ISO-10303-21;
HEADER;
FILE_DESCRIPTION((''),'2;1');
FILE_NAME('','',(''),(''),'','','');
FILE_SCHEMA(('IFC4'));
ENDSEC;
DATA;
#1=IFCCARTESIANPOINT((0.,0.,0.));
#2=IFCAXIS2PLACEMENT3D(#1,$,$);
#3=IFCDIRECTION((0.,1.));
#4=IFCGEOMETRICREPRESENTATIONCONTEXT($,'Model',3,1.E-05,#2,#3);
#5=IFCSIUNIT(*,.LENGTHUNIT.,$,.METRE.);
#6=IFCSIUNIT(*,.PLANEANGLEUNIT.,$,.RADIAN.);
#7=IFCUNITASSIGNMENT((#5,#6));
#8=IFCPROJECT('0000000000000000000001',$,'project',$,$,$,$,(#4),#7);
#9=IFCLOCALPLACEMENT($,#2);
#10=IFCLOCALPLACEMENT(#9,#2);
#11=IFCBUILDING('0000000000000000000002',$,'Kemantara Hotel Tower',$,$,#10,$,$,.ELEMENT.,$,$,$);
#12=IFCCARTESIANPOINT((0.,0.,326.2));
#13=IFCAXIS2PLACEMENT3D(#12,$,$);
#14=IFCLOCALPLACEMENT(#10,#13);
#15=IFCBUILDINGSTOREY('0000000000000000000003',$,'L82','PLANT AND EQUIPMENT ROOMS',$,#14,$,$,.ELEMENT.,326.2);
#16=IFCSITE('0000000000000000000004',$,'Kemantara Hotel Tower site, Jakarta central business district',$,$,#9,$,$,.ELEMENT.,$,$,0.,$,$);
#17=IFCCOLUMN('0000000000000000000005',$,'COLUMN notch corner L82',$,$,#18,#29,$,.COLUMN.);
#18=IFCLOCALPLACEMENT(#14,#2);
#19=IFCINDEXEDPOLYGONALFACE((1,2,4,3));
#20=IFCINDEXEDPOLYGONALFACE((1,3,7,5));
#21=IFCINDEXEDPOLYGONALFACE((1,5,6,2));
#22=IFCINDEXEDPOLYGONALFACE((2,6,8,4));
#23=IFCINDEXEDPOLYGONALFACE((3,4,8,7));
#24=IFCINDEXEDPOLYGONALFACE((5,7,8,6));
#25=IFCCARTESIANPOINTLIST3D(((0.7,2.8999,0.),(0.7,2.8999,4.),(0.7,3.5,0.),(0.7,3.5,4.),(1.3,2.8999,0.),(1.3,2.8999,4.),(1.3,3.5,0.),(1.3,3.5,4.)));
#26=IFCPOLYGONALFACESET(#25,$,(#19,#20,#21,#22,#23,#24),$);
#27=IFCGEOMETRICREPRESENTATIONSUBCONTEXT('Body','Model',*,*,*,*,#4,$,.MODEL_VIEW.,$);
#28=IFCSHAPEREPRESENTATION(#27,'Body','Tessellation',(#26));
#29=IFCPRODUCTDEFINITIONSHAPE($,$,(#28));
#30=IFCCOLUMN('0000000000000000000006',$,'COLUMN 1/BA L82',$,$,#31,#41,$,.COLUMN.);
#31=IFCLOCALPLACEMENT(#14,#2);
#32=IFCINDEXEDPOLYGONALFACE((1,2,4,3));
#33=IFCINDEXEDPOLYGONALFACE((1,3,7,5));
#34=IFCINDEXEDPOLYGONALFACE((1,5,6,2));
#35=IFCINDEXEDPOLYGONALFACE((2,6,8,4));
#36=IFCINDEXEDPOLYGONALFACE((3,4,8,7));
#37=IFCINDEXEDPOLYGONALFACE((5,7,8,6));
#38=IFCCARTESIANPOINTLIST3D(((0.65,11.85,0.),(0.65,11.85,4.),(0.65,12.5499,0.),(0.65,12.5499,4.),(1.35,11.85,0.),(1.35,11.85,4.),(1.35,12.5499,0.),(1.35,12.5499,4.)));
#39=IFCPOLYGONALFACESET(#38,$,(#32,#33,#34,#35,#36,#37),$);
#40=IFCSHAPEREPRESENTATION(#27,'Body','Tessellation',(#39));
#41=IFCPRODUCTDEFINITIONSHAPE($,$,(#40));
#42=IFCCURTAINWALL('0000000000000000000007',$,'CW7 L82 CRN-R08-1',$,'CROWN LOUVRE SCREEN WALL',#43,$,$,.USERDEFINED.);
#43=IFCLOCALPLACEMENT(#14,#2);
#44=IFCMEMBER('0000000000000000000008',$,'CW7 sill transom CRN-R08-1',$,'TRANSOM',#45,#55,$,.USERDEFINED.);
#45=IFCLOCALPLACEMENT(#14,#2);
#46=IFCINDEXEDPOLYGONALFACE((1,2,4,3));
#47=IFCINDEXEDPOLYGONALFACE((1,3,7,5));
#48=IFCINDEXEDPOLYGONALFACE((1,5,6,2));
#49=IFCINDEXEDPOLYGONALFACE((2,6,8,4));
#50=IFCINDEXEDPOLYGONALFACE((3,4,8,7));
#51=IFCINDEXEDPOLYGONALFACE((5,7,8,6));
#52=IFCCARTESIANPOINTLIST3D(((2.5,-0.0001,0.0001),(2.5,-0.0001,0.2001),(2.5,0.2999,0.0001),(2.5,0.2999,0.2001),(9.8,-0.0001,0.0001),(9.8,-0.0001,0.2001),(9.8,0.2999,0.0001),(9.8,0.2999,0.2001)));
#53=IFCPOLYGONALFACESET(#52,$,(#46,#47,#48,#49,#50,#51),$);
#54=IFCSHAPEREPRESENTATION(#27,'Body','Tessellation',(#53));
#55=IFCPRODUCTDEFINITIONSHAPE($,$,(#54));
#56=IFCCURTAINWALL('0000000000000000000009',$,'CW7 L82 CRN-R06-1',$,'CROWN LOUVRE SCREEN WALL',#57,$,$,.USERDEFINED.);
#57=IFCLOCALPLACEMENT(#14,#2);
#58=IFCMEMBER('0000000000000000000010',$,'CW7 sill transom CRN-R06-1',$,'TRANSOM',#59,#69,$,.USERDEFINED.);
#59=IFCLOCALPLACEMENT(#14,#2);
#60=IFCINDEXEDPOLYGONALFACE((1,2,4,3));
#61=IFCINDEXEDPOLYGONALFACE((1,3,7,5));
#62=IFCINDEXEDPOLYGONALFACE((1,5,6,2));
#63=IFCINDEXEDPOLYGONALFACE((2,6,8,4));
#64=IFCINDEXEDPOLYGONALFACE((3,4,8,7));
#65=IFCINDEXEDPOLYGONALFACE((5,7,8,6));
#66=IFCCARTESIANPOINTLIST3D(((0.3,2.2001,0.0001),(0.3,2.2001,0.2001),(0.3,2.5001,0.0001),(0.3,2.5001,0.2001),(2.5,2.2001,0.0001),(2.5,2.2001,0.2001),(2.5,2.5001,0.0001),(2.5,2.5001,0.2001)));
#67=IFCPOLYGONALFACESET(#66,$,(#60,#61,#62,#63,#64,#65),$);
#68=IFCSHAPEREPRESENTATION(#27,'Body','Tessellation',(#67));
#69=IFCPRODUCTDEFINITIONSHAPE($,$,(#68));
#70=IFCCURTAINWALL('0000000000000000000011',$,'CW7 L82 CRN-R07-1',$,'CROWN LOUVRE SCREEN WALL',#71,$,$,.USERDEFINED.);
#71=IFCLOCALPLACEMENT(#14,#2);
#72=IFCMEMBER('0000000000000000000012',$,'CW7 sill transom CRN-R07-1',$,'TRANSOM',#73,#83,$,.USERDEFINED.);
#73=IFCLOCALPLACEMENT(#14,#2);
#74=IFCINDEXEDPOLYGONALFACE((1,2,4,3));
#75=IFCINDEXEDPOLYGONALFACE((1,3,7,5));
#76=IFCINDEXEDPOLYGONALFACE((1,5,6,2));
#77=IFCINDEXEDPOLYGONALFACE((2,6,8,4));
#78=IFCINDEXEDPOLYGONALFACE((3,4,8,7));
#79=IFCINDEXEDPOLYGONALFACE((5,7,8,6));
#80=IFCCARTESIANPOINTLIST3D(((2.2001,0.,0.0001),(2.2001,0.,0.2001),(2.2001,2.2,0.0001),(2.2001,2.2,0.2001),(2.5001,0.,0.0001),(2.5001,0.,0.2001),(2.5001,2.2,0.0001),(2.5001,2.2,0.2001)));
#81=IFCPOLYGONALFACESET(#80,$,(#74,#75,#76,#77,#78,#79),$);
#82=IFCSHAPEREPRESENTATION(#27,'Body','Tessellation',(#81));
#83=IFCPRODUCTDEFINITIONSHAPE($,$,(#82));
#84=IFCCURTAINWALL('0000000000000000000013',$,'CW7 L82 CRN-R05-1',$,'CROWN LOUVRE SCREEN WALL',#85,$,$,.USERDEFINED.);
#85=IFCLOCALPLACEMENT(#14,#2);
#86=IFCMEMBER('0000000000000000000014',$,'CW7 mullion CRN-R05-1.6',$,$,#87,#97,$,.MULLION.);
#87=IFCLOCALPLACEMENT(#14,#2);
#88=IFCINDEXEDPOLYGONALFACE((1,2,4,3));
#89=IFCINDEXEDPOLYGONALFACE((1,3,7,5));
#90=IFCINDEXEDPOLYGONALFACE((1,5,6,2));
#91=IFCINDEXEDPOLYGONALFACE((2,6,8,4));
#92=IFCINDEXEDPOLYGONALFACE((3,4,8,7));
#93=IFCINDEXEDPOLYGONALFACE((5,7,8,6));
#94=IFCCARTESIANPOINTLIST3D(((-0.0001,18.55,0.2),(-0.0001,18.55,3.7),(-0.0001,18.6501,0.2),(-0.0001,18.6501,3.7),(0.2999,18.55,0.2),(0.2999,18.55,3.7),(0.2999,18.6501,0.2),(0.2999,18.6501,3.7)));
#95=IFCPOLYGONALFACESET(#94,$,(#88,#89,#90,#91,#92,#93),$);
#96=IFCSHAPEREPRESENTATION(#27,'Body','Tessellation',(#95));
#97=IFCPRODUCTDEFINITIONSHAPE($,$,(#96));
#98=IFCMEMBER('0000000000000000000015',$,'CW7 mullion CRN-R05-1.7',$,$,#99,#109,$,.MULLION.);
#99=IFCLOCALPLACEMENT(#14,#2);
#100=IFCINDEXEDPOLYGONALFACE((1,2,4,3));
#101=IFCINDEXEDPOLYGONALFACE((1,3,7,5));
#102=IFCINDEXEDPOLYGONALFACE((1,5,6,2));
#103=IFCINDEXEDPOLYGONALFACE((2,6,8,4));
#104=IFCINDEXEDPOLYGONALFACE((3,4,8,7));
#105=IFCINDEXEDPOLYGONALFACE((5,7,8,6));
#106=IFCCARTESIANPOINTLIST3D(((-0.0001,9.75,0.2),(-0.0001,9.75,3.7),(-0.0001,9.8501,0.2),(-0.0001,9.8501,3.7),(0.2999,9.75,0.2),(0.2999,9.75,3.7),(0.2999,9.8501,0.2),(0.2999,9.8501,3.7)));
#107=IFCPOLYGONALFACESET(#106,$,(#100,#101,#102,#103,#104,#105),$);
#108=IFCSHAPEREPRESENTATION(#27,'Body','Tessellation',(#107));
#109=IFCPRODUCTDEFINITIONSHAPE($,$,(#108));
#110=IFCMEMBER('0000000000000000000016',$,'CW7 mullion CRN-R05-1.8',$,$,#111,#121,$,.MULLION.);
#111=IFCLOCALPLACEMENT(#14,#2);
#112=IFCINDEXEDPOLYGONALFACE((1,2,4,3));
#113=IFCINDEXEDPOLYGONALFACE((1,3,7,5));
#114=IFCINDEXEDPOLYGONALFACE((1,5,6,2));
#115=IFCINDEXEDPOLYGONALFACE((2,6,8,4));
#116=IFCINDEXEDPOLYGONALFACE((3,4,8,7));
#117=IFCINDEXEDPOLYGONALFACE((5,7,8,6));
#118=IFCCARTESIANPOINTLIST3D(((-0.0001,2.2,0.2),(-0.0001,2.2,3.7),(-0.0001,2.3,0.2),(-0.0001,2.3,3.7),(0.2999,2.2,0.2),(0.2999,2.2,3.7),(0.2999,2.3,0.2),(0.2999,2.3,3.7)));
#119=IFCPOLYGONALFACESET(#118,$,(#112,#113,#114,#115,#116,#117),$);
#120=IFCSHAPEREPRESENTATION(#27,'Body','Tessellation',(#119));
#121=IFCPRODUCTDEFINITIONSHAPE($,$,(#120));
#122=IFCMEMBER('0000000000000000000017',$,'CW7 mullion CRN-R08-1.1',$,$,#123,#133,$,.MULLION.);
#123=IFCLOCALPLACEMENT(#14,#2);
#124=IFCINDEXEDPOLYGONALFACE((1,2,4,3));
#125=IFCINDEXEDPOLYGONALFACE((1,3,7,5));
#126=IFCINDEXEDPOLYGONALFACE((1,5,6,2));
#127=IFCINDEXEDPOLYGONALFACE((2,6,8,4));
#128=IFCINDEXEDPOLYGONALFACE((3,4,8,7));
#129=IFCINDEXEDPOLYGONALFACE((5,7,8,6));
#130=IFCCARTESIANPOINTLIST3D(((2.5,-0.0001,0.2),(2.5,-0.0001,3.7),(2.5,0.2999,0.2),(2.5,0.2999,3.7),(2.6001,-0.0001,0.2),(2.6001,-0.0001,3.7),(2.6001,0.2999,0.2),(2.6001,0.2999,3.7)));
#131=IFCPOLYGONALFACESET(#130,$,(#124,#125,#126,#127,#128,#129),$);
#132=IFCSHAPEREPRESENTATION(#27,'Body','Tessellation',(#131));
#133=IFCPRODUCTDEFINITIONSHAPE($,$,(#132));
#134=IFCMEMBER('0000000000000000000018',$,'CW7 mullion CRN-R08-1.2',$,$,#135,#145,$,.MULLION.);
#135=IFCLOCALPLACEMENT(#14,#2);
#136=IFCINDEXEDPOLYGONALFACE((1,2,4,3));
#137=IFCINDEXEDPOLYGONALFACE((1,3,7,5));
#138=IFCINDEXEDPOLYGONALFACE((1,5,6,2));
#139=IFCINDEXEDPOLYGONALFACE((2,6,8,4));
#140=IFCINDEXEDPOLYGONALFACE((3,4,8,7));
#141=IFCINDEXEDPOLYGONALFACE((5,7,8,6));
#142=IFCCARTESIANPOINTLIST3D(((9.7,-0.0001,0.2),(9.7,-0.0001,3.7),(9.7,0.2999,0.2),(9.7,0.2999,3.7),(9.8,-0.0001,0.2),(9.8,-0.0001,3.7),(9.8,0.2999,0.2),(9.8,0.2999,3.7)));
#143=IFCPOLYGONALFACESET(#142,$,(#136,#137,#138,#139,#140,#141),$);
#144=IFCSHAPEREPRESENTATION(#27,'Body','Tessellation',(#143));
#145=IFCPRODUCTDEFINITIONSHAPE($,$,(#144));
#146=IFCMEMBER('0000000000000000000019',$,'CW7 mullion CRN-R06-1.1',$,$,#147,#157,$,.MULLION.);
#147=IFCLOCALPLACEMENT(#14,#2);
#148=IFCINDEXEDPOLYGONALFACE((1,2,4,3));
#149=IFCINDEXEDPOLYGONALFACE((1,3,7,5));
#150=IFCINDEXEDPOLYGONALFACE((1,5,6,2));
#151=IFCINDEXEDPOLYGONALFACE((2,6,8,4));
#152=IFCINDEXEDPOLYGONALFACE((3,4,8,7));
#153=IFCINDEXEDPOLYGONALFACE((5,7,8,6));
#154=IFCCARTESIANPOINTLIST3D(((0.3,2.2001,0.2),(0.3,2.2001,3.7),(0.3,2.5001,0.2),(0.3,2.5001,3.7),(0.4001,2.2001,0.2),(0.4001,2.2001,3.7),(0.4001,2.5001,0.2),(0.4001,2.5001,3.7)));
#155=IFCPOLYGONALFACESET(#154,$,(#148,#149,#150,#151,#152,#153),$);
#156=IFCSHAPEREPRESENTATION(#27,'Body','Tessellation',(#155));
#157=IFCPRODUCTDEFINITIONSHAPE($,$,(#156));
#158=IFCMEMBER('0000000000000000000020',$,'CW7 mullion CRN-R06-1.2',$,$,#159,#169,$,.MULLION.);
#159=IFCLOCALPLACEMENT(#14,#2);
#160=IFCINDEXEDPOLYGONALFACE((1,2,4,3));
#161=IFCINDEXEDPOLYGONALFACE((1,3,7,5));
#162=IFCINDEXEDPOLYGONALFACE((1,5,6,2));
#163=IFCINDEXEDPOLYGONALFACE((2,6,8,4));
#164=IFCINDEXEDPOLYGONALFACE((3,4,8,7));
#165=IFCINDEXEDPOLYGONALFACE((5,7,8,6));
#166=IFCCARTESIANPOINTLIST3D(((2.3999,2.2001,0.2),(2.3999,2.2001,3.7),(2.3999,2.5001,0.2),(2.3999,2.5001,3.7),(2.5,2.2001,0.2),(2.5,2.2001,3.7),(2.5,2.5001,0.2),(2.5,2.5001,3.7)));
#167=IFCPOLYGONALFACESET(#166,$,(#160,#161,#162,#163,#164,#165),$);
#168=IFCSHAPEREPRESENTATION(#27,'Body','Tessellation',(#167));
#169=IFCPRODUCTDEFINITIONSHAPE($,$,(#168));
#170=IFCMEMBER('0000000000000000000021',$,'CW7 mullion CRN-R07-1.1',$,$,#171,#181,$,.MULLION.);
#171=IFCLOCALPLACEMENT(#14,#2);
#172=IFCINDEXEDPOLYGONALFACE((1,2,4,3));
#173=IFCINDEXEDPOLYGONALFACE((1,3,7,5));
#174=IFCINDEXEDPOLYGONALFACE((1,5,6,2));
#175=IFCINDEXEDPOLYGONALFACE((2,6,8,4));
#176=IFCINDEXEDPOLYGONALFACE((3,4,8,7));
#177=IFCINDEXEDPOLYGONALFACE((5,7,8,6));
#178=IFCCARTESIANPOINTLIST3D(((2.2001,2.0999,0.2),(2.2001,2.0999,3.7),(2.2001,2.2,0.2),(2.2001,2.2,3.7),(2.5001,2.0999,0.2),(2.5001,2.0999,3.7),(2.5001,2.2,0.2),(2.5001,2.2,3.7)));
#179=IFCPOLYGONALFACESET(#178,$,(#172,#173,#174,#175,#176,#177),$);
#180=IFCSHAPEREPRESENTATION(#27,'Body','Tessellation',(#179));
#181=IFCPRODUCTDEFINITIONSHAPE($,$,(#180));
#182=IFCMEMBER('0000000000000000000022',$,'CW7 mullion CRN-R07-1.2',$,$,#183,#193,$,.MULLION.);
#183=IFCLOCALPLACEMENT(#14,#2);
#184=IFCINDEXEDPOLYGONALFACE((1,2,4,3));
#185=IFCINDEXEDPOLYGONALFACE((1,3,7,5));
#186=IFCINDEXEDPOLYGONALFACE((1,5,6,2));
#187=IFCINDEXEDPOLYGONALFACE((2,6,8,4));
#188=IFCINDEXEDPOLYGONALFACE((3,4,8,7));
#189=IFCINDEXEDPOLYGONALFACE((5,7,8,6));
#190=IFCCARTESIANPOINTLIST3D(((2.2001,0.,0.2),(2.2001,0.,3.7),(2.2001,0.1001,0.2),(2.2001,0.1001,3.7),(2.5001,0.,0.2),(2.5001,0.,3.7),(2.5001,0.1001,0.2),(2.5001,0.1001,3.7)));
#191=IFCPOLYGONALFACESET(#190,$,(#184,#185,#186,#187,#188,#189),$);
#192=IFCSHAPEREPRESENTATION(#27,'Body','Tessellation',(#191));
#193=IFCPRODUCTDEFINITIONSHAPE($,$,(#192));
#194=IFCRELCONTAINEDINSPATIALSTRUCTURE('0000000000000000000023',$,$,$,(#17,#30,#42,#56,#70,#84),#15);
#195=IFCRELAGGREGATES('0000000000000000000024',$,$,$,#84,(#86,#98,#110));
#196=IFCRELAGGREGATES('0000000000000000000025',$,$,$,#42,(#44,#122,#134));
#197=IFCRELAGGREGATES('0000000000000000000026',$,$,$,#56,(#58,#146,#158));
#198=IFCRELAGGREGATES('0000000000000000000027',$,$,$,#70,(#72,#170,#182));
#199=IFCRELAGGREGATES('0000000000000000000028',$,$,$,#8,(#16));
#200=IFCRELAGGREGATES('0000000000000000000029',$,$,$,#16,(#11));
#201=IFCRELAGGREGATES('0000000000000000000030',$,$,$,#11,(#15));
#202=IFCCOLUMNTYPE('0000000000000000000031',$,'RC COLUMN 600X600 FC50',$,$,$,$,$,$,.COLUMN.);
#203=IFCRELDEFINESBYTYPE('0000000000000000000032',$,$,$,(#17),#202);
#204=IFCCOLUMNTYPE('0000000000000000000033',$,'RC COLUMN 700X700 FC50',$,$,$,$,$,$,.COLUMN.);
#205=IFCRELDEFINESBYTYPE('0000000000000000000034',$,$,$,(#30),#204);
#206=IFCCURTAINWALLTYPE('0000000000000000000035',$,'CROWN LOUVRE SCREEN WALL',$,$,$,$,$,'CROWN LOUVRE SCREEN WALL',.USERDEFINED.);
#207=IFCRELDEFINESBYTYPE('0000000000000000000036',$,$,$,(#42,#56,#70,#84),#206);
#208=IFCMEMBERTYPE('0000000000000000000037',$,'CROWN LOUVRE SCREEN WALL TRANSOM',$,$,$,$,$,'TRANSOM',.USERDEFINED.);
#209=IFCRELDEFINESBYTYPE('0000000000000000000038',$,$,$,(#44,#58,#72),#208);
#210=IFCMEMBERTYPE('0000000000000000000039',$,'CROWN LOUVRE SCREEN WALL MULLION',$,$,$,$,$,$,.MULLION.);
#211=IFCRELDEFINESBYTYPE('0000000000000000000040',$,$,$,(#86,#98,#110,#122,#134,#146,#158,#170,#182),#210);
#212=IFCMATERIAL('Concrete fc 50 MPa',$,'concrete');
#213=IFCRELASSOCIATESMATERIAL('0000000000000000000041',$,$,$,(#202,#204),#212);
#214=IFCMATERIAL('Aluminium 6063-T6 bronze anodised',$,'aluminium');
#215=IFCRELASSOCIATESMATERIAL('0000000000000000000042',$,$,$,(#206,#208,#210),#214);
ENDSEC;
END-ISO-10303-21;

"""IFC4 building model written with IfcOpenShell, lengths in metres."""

from ifc_helpers import new_model, si_unit, direction, frame, origin, origin_2d, place, context, subcontext, project, spatial, rectangle, extrude, source, transform, mapped, material, material_profile, profile_set, type_object, element, aggregate, save


model = new_model("IFC4")

# Units and contexts
model_context = context("Model", 3, precision=1e-05, world=origin(), true_north=direction((0.0, 1.0)))
body_context = subcontext(model_context, "Body", "Model", "MODEL_VIEW")
ifc_project = project(units=[si_unit("LENGTHUNIT", "METRE"), si_unit("PLANEANGLEUNIT", "RADIAN")], contexts=[model_context])

# Site, building, storey
site_placement = place(None, origin())
site = spatial("IfcSite", under=ifc_project, at=site_placement, Name="Kemantara Hotel Tower site, Jakarta central business district", CompositionType="ELEMENT", RefElevation=0.0)
building_placement = place(site_placement, origin())
building = spatial("IfcBuilding", under=site, at=building_placement, Name="Kemantara Hotel Tower", CompositionType="ELEMENT")
storey_placement = place(building_placement, frame((0.0, 0.0, 326.2)))
storey = spatial("IfcBuildingStorey", under=building, at=storey_placement, Name="L82", Description="PLANT AND EQUIPMENT ROOMS", CompositionType="ELEMENT", Elevation=326.2)

# Columns
ifc_material_1 = material(Name="Concrete fc 50 MPa", Category="concrete")
ifc_material_profile_1 = material_profile(ifc_material_1, rectangle(XDim=0.6001, YDim=0.6001, at=origin_2d()), Name="RC 600X600")
ifc_profile_set_1 = profile_set([ifc_material_profile_1], Name="Concrete fc 50 MPa")
column_type_1 = type_object("IfcColumnType", Name="RC COLUMN 600X600 FC50", PredefinedType="COLUMN", material=ifc_profile_set_1)
column_1_placement = place(storey_placement, frame((1.0, 3.2, 0.0), z_axis=(0.0, 0.0, 1.0), x_axis=(1.0, 0.0, 0.0)))
element("IfcColumn", 1, at=column_1_placement, inside=storey, type_object=column_type_1, Name="COLUMN notch corner L82", PredefinedType="COLUMN", context=body_context, shape_type="SweptSolid", body=[
    extrude(rectangle(XDim=0.6001, YDim=0.6001, at=origin_2d()), origin(), (0.0, 0.0, 1.0), 4.0),
])
ifc_material_profile_2 = material_profile(ifc_material_1, rectangle(XDim=0.7, YDim=0.7, at=origin_2d()), Name="RC 700X700")
ifc_profile_set_2 = profile_set([ifc_material_profile_2], Name="Concrete fc 50 MPa")
column_type_2 = type_object("IfcColumnType", Name="RC COLUMN 700X700 FC50", PredefinedType="COLUMN", material=ifc_profile_set_2)
column_2_placement = place(storey_placement, frame((1.0, 12.2, 0.0), z_axis=(0.0, 0.0, 1.0), x_axis=(1.0, 0.0, 0.0)))
element("IfcColumn", 2, at=column_2_placement, inside=storey, type_object=column_type_2, Name="COLUMN 1/BA L82", PredefinedType="COLUMN", context=body_context, shape_type="SweptSolid", body=[
    extrude(rectangle(XDim=0.7, YDim=0.7, at=origin_2d()), origin(), (0.0, 0.0, 1.0), 4.0),
])

# Curtain walls, members
ifc_material_2 = material(Name="Aluminium 6063-T6 bronze anodised", Category="aluminium")
curtain_wall_type = type_object("IfcCurtainWallType", Name="CROWN LOUVRE SCREEN WALL", ElementType="CROWN LOUVRE SCREEN WALL", PredefinedType="USERDEFINED", material=ifc_material_2)
curtain_wall_1_placement = place(storey_placement, origin())
curtain_wall_1 = element("IfcCurtainWall", 3, at=curtain_wall_1_placement, inside=storey, type_object=curtain_wall_type, Name="CW7 L82 CRN-R08-1", ObjectType="CROWN LOUVRE SCREEN WALL", PredefinedType="USERDEFINED")
ifc_material_profile_3 = material_profile(ifc_material_2, rectangle(XDim=0.3, YDim=0.2, at=origin_2d()), Name="CROWN LOUVRE SCREEN WALL TRANSOM")
ifc_profile_set_3 = profile_set([ifc_material_profile_3], Name="Aluminium 6063-T6 bronze anodised")
member_type_1 = type_object("IfcMemberType", Name="CROWN LOUVRE SCREEN WALL TRANSOM", ElementType="TRANSOM", PredefinedType="USERDEFINED", material=ifc_profile_set_3)
member_1_placement = place(storey_placement, frame((2.5, 0.1499, 0.1001), z_axis=(1.0, 0.0, 0.0), x_axis=(0.0, 1.0, 0.0)))
member_1 = element("IfcMember", 4, at=member_1_placement, type_object=member_type_1, Name="CW7 sill transom CRN-R08-1", ObjectType="TRANSOM", PredefinedType="USERDEFINED", context=body_context, shape_type="SweptSolid", body=[
    extrude(rectangle(XDim=0.3, YDim=0.2, at=origin_2d()), origin(), (0.0, 0.0, 1.0), 7.3),
])
curtain_wall_2_placement = place(storey_placement, origin())
curtain_wall_2 = element("IfcCurtainWall", 5, at=curtain_wall_2_placement, inside=storey, type_object=curtain_wall_type, Name="CW7 L82 CRN-R06-1", ObjectType="CROWN LOUVRE SCREEN WALL", PredefinedType="USERDEFINED")
member_2_placement = place(storey_placement, frame((0.3, 2.3501, 0.1001), z_axis=(1.0, 0.0, 0.0), x_axis=(0.0, 1.0, 0.0)))
member_2 = element("IfcMember", 6, at=member_2_placement, type_object=member_type_1, Name="CW7 sill transom CRN-R06-1", ObjectType="TRANSOM", PredefinedType="USERDEFINED", context=body_context, shape_type="SweptSolid", body=[
    extrude(rectangle(XDim=0.3, YDim=0.2, at=origin_2d()), origin(), (0.0, 0.0, 1.0), 2.2),
])
curtain_wall_3_placement = place(storey_placement, origin())
curtain_wall_3 = element("IfcCurtainWall", 7, at=curtain_wall_3_placement, inside=storey, type_object=curtain_wall_type, Name="CW7 L82 CRN-R07-1", ObjectType="CROWN LOUVRE SCREEN WALL", PredefinedType="USERDEFINED")
member_3_placement = place(storey_placement, frame((2.3501, 2.2, 0.1001), z_axis=(0.0, -1.0, 0.0), x_axis=(1.0, 0.0, 0.0)))
member_3 = element("IfcMember", 8, at=member_3_placement, type_object=member_type_1, Name="CW7 sill transom CRN-R07-1", ObjectType="TRANSOM", PredefinedType="USERDEFINED", context=body_context, shape_type="SweptSolid", body=[
    extrude(rectangle(XDim=0.3, YDim=0.2, at=origin_2d()), origin(), (0.0, 0.0, 1.0), 2.2),
])

# Curtain wall, members
curtain_wall_4_placement = place(storey_placement, origin())
curtain_wall_4 = element("IfcCurtainWall", 9, at=curtain_wall_4_placement, inside=storey, type_object=curtain_wall_type, Name="CW7 L82 CRN-R05-1", ObjectType="CROWN LOUVRE SCREEN WALL", PredefinedType="USERDEFINED")
ifc_material_profile_4 = material_profile(ifc_material_2, rectangle(XDim=0.3, YDim=0.1001, at=origin_2d()), Name="CROWN LOUVRE SCREEN WALL MULLION")
ifc_profile_set_4 = profile_set([ifc_material_profile_4], Name="Aluminium 6063-T6 bronze anodised")
member_type_2 = type_object("IfcMemberType", Name="CROWN LOUVRE SCREEN WALL MULLION", PredefinedType="MULLION", material=ifc_profile_set_4)
shared_shape_1 = source(origin(), body_context, "Body", "SweptSolid", [
    extrude(rectangle(XDim=0.3, YDim=0.1001, at=origin_2d()), origin(), (0.0, 0.0, 1.0), 3.5),
])
member_4_placement = place(storey_placement, frame((0.1499, 18.6001, 0.2), z_axis=(0.0, 0.0, 1.0), x_axis=(1.0, 0.0, 0.0)))
member_4 = element("IfcMember", 10, at=member_4_placement, type_object=member_type_2, Name="CW7 mullion CRN-R05-1.6", PredefinedType="MULLION", context=body_context, shape_type="MappedRepresentation", body=[
    mapped(shared_shape_1, transform((0.0, 0.0, 0.0))),
])
member_5_placement = place(storey_placement, frame((0.1499, 9.8, 0.2), z_axis=(0.0, 0.0, 1.0), x_axis=(1.0, 0.0, 0.0)))
member_5 = element("IfcMember", 11, at=member_5_placement, type_object=member_type_2, Name="CW7 mullion CRN-R05-1.7", PredefinedType="MULLION", context=body_context, shape_type="MappedRepresentation", body=[
    mapped(shared_shape_1, transform((0.0, 0.0, 0.0))),
])
member_6_placement = place(storey_placement, frame((0.1499, 2.25, 0.2), z_axis=(0.0, 0.0, 1.0), x_axis=(1.0, 0.0, 0.0)))
member_6 = element("IfcMember", 12, at=member_6_placement, type_object=member_type_2, Name="CW7 mullion CRN-R05-1.8", PredefinedType="MULLION", context=body_context, shape_type="MappedRepresentation", body=[
    mapped(shared_shape_1, transform((0.0, 0.0, 0.0))),
])

# Members
member_7_placement = place(storey_placement, frame((2.55, 0.1499, 0.2), z_axis=(0.0, 0.0, 1.0), x_axis=(0.0, 1.0, 0.0)))
member_7 = element("IfcMember", 13, at=member_7_placement, type_object=member_type_2, Name="CW7 mullion CRN-R08-1.1", PredefinedType="MULLION", context=body_context, shape_type="MappedRepresentation", body=[
    mapped(shared_shape_1, transform((0.0, 0.0, 0.0))),
])
member_8_placement = place(storey_placement, frame((9.75, 0.1499, 0.2), z_axis=(0.0, 0.0, 1.0), x_axis=(0.0, 1.0, 0.0)))
member_8 = element("IfcMember", 14, at=member_8_placement, type_object=member_type_2, Name="CW7 mullion CRN-R08-1.2", PredefinedType="MULLION", context=body_context, shape_type="MappedRepresentation", body=[
    mapped(shared_shape_1, transform((0.0, 0.0, 0.0))),
])
member_9_placement = place(storey_placement, frame((0.3501, 2.3501, 0.2), z_axis=(0.0, 0.0, 1.0), x_axis=(0.0, 1.0, 0.0)))
member_9 = element("IfcMember", 15, at=member_9_placement, type_object=member_type_2, Name="CW7 mullion CRN-R06-1.1", PredefinedType="MULLION", context=body_context, shape_type="MappedRepresentation", body=[
    mapped(shared_shape_1, transform((0.0, 0.0, 0.0))),
])
member_10_placement = place(storey_placement, frame((2.45, 2.3501, 0.2), z_axis=(0.0, 0.0, 1.0), x_axis=(0.0, 1.0, 0.0)))
member_10 = element("IfcMember", 16, at=member_10_placement, type_object=member_type_2, Name="CW7 mullion CRN-R06-1.2", PredefinedType="MULLION", context=body_context, shape_type="MappedRepresentation", body=[
    mapped(shared_shape_1, transform((0.0, 0.0, 0.0))),
])
member_11_placement = place(storey_placement, frame((2.3501, 2.1499, 0.2), z_axis=(0.0, 0.0, 1.0), x_axis=(1.0, 0.0, 0.0)))
member_11 = element("IfcMember", 17, at=member_11_placement, type_object=member_type_2, Name="CW7 mullion CRN-R07-1.1", PredefinedType="MULLION", context=body_context, shape_type="MappedRepresentation", body=[
    mapped(shared_shape_1, transform((0.0, 0.0, 0.0))),
])
member_12_placement = place(storey_placement, frame((2.3501, 0.05, 0.2), z_axis=(0.0, 0.0, 1.0), x_axis=(1.0, 0.0, 0.0)))
member_12 = element("IfcMember", 18, at=member_12_placement, type_object=member_type_2, Name="CW7 mullion CRN-R07-1.2", PredefinedType="MULLION", context=body_context, shape_type="MappedRepresentation", body=[
    mapped(shared_shape_1, transform((0.0, 0.0, 0.0))),
])

aggregate(curtain_wall_4, [member_4, member_5, member_6])
aggregate(curtain_wall_1, [member_1, member_7, member_8])
aggregate(curtain_wall_2, [member_2, member_9, member_10])
aggregate(curtain_wall_3, [member_3, member_11, member_12])

save(model, "model.ifc")
